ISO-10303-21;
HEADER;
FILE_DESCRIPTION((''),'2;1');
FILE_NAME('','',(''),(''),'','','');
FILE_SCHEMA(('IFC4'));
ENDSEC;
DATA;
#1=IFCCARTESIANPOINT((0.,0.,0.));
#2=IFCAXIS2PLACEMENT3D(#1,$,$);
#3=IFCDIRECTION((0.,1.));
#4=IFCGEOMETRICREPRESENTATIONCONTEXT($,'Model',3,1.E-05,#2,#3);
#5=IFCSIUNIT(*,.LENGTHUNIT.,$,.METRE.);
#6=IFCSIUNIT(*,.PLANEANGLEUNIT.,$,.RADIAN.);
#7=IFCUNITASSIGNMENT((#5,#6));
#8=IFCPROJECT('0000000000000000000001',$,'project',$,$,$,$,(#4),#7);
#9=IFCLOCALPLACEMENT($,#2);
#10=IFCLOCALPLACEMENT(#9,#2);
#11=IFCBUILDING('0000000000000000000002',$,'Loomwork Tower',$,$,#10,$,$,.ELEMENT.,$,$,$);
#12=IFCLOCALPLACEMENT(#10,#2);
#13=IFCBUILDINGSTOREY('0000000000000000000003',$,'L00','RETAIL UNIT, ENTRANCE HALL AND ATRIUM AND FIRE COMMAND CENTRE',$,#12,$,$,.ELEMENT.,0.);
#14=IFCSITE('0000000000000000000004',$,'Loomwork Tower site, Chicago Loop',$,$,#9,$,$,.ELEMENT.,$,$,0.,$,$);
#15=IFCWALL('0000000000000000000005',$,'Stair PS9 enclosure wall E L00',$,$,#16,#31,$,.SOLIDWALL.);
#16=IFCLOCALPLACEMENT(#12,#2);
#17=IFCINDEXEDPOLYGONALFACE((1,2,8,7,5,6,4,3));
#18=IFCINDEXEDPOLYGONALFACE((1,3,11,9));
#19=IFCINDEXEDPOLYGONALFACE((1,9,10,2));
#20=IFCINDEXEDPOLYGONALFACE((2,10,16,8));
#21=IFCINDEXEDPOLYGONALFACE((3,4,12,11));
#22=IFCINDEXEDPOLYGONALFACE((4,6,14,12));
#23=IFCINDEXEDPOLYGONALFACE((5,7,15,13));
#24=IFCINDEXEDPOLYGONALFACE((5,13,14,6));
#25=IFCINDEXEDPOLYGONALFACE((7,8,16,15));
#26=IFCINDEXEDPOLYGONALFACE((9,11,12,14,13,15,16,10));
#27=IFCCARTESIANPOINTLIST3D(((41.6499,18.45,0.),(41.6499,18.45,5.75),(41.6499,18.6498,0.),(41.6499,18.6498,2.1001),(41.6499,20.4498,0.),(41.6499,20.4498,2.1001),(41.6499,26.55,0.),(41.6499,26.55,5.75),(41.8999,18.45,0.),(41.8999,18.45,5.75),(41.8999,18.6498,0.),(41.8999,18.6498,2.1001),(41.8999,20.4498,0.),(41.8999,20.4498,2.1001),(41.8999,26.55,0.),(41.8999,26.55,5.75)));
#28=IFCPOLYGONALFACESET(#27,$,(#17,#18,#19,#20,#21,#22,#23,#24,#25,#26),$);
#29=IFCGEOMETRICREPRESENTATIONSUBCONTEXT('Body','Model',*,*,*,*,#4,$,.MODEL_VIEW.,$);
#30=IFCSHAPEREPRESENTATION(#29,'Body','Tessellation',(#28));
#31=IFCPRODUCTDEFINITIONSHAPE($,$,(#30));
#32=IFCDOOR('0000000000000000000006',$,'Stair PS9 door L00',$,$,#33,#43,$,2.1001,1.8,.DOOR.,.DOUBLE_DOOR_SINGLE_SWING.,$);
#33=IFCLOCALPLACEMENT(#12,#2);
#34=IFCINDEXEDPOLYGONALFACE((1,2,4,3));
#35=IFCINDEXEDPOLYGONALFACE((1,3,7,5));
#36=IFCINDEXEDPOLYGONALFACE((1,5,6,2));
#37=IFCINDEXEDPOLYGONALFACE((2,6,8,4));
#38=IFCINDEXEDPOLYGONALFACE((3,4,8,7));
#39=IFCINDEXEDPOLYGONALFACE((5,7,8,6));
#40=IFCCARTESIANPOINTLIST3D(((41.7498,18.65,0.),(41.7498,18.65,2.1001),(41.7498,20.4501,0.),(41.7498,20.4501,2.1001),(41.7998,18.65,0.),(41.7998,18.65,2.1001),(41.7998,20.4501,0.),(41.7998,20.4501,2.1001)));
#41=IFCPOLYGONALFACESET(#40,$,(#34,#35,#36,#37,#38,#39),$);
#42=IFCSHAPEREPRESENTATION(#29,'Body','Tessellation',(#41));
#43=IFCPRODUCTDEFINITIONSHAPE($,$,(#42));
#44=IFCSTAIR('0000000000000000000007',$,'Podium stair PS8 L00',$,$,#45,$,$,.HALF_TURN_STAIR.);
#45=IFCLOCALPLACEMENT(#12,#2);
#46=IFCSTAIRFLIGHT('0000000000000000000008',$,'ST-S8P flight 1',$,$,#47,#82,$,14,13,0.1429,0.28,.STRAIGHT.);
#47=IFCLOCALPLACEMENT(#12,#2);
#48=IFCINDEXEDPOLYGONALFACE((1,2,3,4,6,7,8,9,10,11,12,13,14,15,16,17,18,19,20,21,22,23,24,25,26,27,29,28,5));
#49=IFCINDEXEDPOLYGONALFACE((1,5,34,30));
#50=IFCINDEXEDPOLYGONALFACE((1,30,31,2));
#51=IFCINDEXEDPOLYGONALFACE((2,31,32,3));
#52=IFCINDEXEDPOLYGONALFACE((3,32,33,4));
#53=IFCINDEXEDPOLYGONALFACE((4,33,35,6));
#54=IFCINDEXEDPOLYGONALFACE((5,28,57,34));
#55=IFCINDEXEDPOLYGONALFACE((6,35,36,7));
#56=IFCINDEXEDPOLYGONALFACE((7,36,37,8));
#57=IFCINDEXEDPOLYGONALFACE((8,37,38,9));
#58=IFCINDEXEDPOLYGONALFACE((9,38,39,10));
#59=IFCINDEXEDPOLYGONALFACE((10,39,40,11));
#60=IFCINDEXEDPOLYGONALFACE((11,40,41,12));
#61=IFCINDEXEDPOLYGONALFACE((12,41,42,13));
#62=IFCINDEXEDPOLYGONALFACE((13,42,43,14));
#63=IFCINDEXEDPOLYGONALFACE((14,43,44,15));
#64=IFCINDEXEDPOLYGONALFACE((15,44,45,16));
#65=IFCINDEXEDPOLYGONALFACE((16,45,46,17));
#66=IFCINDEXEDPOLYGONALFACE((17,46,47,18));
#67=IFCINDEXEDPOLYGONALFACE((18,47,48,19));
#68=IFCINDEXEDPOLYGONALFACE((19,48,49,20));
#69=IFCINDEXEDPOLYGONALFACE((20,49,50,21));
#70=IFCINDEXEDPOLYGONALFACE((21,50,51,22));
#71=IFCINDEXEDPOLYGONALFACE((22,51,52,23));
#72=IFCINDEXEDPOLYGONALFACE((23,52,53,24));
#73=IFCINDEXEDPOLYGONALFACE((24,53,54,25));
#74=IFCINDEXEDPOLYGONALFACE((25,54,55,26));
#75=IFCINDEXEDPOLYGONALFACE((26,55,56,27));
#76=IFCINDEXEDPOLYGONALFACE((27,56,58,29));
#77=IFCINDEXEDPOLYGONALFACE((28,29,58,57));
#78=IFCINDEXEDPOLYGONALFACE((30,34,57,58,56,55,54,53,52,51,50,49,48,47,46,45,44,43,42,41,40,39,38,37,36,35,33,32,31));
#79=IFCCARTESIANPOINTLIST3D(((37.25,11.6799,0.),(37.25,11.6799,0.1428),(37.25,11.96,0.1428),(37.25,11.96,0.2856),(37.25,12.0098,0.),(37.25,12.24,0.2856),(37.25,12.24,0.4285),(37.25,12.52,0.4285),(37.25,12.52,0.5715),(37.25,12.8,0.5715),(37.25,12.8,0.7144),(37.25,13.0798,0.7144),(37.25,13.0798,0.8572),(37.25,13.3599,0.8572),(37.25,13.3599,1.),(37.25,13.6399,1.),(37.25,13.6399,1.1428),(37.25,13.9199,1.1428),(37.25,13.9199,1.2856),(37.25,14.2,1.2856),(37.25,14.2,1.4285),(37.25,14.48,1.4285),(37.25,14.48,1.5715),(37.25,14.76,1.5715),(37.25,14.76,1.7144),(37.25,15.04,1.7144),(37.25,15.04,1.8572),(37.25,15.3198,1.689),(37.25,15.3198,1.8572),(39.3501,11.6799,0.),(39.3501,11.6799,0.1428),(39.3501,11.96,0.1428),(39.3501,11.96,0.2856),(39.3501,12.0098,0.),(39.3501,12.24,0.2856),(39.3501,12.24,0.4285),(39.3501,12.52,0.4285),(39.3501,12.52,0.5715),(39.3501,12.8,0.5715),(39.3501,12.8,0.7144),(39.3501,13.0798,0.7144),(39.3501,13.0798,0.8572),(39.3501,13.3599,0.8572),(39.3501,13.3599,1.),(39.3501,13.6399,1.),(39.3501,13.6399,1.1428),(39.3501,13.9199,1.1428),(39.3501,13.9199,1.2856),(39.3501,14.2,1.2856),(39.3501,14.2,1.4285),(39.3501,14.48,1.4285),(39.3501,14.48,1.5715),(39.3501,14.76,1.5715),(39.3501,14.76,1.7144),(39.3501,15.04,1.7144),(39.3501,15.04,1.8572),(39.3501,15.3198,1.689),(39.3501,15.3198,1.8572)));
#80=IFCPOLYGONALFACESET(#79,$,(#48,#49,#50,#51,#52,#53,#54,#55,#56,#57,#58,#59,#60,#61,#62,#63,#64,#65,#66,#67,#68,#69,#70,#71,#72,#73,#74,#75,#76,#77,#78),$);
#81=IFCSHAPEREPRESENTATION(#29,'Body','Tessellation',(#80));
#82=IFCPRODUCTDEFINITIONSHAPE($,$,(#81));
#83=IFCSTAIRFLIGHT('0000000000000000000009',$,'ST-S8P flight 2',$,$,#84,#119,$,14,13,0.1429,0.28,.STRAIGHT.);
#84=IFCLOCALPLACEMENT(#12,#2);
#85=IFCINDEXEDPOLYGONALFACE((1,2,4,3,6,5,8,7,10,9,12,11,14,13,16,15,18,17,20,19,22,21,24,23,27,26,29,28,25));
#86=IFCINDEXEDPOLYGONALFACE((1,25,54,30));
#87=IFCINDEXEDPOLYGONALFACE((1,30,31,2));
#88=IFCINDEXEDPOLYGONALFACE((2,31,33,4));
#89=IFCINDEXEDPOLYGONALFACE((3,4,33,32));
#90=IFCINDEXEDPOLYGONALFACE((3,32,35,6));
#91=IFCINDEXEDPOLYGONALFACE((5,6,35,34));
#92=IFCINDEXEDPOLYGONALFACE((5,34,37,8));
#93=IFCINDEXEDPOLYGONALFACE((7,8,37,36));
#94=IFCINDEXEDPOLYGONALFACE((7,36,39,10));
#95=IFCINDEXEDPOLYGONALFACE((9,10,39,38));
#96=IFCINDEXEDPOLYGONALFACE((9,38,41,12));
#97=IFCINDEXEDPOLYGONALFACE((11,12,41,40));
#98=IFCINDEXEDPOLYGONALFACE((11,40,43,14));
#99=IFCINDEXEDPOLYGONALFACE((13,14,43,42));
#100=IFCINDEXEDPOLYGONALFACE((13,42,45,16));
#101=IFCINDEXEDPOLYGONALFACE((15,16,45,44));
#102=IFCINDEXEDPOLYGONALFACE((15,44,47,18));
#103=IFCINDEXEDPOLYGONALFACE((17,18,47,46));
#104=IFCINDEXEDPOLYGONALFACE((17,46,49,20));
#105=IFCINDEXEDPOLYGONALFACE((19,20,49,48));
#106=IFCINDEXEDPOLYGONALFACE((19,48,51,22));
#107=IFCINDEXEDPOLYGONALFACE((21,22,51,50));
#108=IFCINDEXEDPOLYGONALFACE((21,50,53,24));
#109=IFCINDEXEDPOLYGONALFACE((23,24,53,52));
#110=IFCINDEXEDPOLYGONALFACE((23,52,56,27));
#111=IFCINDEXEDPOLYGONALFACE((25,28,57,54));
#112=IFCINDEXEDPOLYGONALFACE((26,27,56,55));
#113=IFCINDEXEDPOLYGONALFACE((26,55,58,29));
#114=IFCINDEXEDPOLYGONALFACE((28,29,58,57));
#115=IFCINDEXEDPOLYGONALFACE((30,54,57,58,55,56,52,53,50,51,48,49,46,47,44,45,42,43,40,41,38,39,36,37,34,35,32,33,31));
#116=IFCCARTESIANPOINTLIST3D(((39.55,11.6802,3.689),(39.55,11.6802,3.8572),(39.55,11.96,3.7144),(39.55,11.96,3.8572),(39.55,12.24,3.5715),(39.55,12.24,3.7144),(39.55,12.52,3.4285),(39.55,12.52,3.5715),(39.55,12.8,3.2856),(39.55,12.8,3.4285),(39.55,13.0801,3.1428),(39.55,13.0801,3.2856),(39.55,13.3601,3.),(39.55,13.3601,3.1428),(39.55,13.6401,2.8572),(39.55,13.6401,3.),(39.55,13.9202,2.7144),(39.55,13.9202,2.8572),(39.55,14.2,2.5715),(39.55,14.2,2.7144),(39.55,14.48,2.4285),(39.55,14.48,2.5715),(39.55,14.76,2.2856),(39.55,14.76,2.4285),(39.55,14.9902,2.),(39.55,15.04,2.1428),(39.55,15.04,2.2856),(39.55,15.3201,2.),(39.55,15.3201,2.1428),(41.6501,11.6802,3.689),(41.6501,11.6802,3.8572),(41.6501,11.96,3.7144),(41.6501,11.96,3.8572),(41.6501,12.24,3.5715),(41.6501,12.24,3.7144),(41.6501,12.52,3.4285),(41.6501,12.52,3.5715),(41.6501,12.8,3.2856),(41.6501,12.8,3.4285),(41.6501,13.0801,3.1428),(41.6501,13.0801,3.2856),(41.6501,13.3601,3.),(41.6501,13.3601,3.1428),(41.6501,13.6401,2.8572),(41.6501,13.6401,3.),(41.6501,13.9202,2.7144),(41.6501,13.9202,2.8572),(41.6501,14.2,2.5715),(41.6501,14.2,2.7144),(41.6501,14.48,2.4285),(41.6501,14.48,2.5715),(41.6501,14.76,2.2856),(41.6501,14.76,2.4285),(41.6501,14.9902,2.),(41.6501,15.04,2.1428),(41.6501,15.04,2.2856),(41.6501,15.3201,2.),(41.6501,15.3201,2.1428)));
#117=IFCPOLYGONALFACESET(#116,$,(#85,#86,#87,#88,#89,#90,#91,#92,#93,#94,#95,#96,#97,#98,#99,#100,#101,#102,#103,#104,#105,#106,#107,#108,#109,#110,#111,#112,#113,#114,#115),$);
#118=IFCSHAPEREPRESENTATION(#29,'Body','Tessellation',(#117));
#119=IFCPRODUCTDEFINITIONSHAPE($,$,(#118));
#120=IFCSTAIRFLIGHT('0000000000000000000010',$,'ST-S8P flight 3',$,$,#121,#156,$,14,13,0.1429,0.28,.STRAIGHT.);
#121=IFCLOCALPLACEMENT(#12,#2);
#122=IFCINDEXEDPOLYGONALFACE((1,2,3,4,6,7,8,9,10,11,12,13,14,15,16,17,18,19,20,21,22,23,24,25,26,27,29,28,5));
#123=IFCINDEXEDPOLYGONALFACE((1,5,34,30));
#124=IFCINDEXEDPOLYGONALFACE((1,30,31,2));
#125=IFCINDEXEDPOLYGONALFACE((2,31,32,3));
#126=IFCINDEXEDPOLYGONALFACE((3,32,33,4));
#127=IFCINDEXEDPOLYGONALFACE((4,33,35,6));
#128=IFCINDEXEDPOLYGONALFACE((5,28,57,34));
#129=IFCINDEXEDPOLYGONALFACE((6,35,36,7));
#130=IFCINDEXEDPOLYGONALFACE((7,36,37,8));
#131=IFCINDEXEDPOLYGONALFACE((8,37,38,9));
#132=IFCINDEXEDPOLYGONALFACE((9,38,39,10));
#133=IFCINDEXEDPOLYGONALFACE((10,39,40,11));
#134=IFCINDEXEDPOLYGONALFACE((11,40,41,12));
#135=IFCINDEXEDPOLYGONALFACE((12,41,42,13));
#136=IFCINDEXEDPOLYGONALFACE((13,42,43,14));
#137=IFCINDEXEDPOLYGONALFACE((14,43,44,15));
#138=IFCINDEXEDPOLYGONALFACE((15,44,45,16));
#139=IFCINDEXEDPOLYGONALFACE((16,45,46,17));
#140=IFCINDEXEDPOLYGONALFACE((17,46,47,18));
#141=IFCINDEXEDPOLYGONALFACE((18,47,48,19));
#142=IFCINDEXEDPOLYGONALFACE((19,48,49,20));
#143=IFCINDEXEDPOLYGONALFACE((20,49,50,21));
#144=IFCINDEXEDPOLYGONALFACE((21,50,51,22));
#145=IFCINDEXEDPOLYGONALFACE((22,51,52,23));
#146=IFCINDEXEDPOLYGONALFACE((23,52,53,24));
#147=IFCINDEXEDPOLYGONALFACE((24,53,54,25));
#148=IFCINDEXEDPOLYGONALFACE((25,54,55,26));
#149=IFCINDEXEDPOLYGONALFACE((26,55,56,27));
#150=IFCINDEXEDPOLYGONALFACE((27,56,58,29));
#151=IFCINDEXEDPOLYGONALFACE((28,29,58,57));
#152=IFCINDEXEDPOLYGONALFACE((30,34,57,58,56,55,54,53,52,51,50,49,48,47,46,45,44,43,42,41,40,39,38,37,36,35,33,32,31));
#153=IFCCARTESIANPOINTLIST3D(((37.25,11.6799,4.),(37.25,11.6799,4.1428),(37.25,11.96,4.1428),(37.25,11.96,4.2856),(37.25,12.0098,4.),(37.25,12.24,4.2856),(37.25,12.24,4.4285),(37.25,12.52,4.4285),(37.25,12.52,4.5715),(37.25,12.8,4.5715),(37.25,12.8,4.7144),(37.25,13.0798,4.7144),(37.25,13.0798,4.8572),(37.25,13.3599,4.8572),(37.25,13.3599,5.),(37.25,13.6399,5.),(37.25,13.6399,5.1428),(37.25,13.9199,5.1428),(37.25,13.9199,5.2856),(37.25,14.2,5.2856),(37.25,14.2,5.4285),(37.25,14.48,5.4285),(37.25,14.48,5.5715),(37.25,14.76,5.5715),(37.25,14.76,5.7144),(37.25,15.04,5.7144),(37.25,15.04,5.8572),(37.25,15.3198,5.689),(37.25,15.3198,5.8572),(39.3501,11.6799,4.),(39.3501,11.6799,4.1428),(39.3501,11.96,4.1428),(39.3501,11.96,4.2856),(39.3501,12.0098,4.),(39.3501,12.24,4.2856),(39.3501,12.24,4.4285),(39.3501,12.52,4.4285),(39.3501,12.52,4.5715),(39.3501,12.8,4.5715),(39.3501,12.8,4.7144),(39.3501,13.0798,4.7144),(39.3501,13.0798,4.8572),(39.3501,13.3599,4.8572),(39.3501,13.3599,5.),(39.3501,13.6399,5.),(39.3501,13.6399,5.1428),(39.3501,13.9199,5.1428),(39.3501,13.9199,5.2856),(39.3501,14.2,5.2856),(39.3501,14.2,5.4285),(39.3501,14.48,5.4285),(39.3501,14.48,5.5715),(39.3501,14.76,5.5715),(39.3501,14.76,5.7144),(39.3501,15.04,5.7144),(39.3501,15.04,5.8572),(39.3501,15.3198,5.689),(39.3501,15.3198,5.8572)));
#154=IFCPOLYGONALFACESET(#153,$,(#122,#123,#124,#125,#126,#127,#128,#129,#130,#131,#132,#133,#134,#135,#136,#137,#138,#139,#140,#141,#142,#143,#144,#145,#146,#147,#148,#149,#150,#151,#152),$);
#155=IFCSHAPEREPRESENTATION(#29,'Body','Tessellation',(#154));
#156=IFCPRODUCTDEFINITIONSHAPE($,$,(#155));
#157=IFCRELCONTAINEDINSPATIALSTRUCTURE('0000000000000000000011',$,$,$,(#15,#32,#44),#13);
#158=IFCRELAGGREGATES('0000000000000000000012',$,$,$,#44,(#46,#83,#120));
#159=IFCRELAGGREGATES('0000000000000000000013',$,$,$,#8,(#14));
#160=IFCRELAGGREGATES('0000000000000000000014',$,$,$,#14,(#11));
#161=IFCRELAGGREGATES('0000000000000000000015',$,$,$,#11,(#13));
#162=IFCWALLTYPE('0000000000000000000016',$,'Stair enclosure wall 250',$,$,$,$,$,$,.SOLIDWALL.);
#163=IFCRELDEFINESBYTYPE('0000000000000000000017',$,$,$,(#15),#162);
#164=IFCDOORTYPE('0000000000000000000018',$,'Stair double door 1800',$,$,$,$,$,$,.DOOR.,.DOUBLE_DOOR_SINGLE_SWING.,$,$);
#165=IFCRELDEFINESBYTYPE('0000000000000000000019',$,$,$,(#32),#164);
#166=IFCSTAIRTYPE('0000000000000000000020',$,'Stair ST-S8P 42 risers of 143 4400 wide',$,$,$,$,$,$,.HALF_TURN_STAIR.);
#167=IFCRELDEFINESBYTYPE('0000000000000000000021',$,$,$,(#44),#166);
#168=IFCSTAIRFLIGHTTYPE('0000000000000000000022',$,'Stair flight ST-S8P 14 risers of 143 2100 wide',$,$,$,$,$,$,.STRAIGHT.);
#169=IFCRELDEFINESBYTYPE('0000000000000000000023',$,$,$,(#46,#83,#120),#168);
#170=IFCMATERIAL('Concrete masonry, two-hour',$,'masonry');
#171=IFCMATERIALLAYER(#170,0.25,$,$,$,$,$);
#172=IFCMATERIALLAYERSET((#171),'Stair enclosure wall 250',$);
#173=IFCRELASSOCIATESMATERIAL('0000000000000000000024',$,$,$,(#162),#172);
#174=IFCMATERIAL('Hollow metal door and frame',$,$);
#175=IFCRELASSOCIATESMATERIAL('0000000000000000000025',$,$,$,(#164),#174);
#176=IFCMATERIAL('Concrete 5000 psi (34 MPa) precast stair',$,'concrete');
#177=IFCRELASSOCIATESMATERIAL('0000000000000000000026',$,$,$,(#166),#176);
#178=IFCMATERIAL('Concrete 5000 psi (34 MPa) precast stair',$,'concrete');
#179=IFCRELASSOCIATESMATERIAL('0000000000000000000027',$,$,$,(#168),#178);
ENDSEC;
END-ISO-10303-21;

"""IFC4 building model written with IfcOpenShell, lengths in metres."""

from ifc_helpers import new_model, si_unit, direction, frame, frame_2d, origin, place, context, subcontext, project, spatial, polyline, rectangle, outline, extrude, material, layer, layer_set, type_object, element, fill, aggregate, save


model = new_model("IFC4")

# Units and contexts
model_context = context("Model", 3, precision=1e-05, world=origin(), true_north=direction((0.0, 1.0)))
body_context = subcontext(model_context, "Body", "Model", "MODEL_VIEW")
ifc_project = project(units=[si_unit("LENGTHUNIT", "METRE"), si_unit("PLANEANGLEUNIT", "RADIAN")], contexts=[model_context])

# Site, building, storey
site_placement = place(None, origin())
site = spatial("IfcSite", under=ifc_project, at=site_placement, Name="Loomwork Tower site, Chicago Loop", CompositionType="ELEMENT", RefElevation=0.0)
building_placement = place(site_placement, origin())
building = spatial("IfcBuilding", under=site, at=building_placement, Name="Loomwork Tower", CompositionType="ELEMENT")
storey_placement = place(building_placement, origin())
storey = spatial("IfcBuildingStorey", under=building, at=storey_placement, Name="L00", Description="RETAIL UNIT, ENTRANCE HALL AND ATRIUM AND FIRE COMMAND CENTRE", CompositionType="ELEMENT", Elevation=0.0)

# Shared definitions
ifc_material_1 = material(Name="Concrete masonry, two-hour", Category="masonry")
ifc_layer_1 = layer(ifc_material_1, 0.25)
ifc_layer_set_1 = layer_set([ifc_layer_1], Name="Stair enclosure wall 250")
wall_type_1 = type_object("IfcWallType", Name="Stair enclosure wall 250", PredefinedType="SOLIDWALL", material=ifc_layer_set_1)

# Shared definitions
ifc_material_2 = material(Name="Hollow metal door and frame")
door_type = type_object("IfcDoorType", Name="Stair double door 1800", OperationType="DOUBLE_DOOR_SINGLE_SWING", PredefinedType="DOOR", material=ifc_material_2)

# Wall, opening, door
wall_1_placement = place(storey_placement, frame((41.7749, 18.45, 0.0), z_axis=(0.0, 0.0, 1.0), x_axis=(0.0, 1.0, 0.0)))
wall_1 = element("IfcWall", 1, at=wall_1_placement, inside=storey, type_object=wall_type_1, Name="Stair PS9 enclosure wall E L00", PredefinedType="SOLIDWALL", context=body_context, shape_type="SweptSolid", body=[
    extrude(rectangle(XDim=8.1001, YDim=0.25, at=frame_2d((4.05, 0.0))), origin(), (0.0, 0.0, 1.0), 5.75),
])
opening_1_placement = place(wall_1_placement, frame((0.2, 0.0, 0.0)))
opening_1 = element("IfcOpeningElement", 2, at=opening_1_placement, cuts=wall_1, PredefinedType="OPENING", context=body_context, shape_type="SweptSolid", body=[
    extrude(rectangle(XDim=1.8, YDim=2.1001, at=frame_2d((0.8999, 1.05))), frame((0.0, 0.135, 0.0), z_axis=(0.0, -1.0, 0.0), x_axis=(1.0, 0.0, 0.0)), (0.0, 0.0, 1.0), 0.27),
])
door_1_placement = place(opening_1_placement, frame((1.8, 0.0, 0.0), z_axis=(0.0, 0.0, 1.0), x_axis=(-1.0, 0.0, 0.0)))
door_1 = element("IfcDoor", 3, at=door_1_placement, inside=storey, type_object=door_type, Name="Stair PS9 door L00", OperationType="DOUBLE_DOOR_SINGLE_SWING", OverallHeight=2.1001, OverallWidth=1.8, PredefinedType="DOOR", context=body_context, shape_type="SweptSolid", body=[
    extrude(rectangle(XDim=1.8, YDim=2.1001, at=frame_2d((0.8999, 1.05))), frame((0.0, 0.0249, 0.0), z_axis=(0.0, -1.0, 0.0), x_axis=(1.0, 0.0, 0.0)), (0.0, 0.0, 1.0), 0.05),
])
fill(opening_1, door_1)

# Stair, stair flights
ifc_material_3 = material(Name="Concrete 5000 psi (34 MPa) precast stair", Category="concrete")
stair_type_1 = type_object("IfcStairType", Name="Stair ST-S8P 42 risers of 143 4400 wide", PredefinedType="HALF_TURN_STAIR", material=ifc_material_3)
stair_1_placement = place(storey_placement, origin())
stair_1 = element("IfcStair", 4, at=stair_1_placement, inside=storey, type_object=stair_type_1, Name="Podium stair PS8 L00", PredefinedType="HALF_TURN_STAIR")
ifc_material_4 = material(Name="Concrete 5000 psi (34 MPa) precast stair", Category="concrete")
stair_flight_type_1 = type_object("IfcStairFlightType", Name="Stair flight ST-S8P 14 risers of 143 2100 wide", PredefinedType="STRAIGHT", material=ifc_material_4)
stair_flight_1_placement = place(storey_placement, frame((38.3, 11.6799, 0.0), z_axis=(0.0, 0.0, 1.0), x_axis=(0.0, 1.0, 0.0)))
stair_flight_1 = element("IfcStairFlight", 5, at=stair_flight_1_placement, type_object=stair_flight_type_1, Name="ST-S8P flight 1", NumberOfRisers=14, NumberOfTreads=13, PredefinedType="STRAIGHT", RiserHeight=0.1429, TreadLength=0.28, context=body_context, shape_type="SweptSolid", body=[
    extrude(outline(polyline([(0.0, 0.0), (0.0, 0.1428), (0.28, 0.1428), (0.28, 0.2856), (0.5601, 0.2856), (0.5601, 0.4285), (0.8401, 0.4285), (0.8401, 0.5715), (1.1201, 0.5715), (1.1201, 0.7144), (1.3999, 0.7144), (1.3999, 0.8572), (1.6799, 0.8572), (1.6799, 1.0), (1.96, 1.0), (1.96, 1.1428), (2.24, 1.1428), (2.24, 1.2856), (2.52, 1.2856), (2.52, 1.4285), (2.8, 1.4285), (2.8, 1.5715), (3.0801, 1.5715), (3.0801, 1.7144), (3.3601, 1.7144), (3.3601, 1.8572), (3.6399, 1.8572), (3.6399, 2.0), (3.6399, 1.689), (0.3298, 0.0), (0.0, 0.0)])), frame((0.0, 1.05, 0.0), z_axis=(0.0, -1.0, 0.0), x_axis=(1.0, 0.0, 0.0)), (0.0, 0.0, 1.0), 2.1001),
])
stair_flight_2_placement = place(storey_placement, frame((40.6001, 15.3201, 2.0), z_axis=(0.0, 0.0, 1.0), x_axis=(0.0, -1.0, 0.0)))
stair_flight_2 = element("IfcStairFlight", 6, at=stair_flight_2_placement, type_object=stair_flight_type_1, Name="ST-S8P flight 2", NumberOfRisers=14, NumberOfTreads=13, PredefinedType="STRAIGHT", RiserHeight=0.1429, TreadLength=0.28, context=body_context, shape_type="SweptSolid", body=[
    extrude(outline(polyline([(0.0, 0.0), (0.0, 0.1428), (0.28, 0.1428), (0.28, 0.2856), (0.5601, 0.2856), (0.5601, 0.4285), (0.8401, 0.4285), (0.8401, 0.5715), (1.1201, 0.5715), (1.1201, 0.7144), (1.3999, 0.7144), (1.3999, 0.8572), (1.6799, 0.8572), (1.6799, 1.0), (1.96, 1.0), (1.96, 1.1428), (2.24, 1.1428), (2.24, 1.2856), (2.52, 1.2856), (2.52, 1.4285), (2.8, 1.4285), (2.8, 1.5715), (3.0801, 1.5715), (3.0801, 1.7144), (3.3601, 1.7144), (3.3601, 1.8572), (3.6399, 1.8572), (3.6399, 2.0), (3.6399, 1.689), (0.3298, 0.0), (0.0, 0.0)])), frame((0.0, 1.05, 0.0), z_axis=(0.0, -1.0, 0.0), x_axis=(1.0, 0.0, 0.0)), (0.0, 0.0, 1.0), 2.1001),
])
stair_flight_3_placement = place(storey_placement, frame((38.3, 11.6799, 4.0), z_axis=(0.0, 0.0, 1.0), x_axis=(0.0, 1.0, 0.0)))
stair_flight_3 = element("IfcStairFlight", 7, at=stair_flight_3_placement, type_object=stair_flight_type_1, Name="ST-S8P flight 3", NumberOfRisers=14, NumberOfTreads=13, PredefinedType="STRAIGHT", RiserHeight=0.1429, TreadLength=0.28, context=body_context, shape_type="SweptSolid", body=[
    extrude(outline(polyline([(0.0, 0.0), (0.0, 0.1428), (0.28, 0.1428), (0.28, 0.2856), (0.5601, 0.2856), (0.5601, 0.4285), (0.8401, 0.4285), (0.8401, 0.5715), (1.1201, 0.5715), (1.1201, 0.7144), (1.3999, 0.7144), (1.3999, 0.8572), (1.6799, 0.8572), (1.6799, 1.0), (1.96, 1.0), (1.96, 1.1428), (2.24, 1.1428), (2.24, 1.2856), (2.52, 1.2856), (2.52, 1.4285), (2.8, 1.4285), (2.8, 1.5715), (3.0801, 1.5715), (3.0801, 1.7144), (3.3601, 1.7144), (3.3601, 1.8572), (3.6399, 1.8572), (3.6399, 2.0), (3.6399, 1.689), (0.3298, 0.0), (0.0, 0.0)])), frame((0.0, 1.05, 0.0), z_axis=(0.0, -1.0, 0.0), x_axis=(1.0, 0.0, 0.0)), (0.0, 0.0, 1.0), 2.1001),
])
aggregate(stair_1, [stair_flight_1, stair_flight_2, stair_flight_3])

save(model, "model.ifc")
